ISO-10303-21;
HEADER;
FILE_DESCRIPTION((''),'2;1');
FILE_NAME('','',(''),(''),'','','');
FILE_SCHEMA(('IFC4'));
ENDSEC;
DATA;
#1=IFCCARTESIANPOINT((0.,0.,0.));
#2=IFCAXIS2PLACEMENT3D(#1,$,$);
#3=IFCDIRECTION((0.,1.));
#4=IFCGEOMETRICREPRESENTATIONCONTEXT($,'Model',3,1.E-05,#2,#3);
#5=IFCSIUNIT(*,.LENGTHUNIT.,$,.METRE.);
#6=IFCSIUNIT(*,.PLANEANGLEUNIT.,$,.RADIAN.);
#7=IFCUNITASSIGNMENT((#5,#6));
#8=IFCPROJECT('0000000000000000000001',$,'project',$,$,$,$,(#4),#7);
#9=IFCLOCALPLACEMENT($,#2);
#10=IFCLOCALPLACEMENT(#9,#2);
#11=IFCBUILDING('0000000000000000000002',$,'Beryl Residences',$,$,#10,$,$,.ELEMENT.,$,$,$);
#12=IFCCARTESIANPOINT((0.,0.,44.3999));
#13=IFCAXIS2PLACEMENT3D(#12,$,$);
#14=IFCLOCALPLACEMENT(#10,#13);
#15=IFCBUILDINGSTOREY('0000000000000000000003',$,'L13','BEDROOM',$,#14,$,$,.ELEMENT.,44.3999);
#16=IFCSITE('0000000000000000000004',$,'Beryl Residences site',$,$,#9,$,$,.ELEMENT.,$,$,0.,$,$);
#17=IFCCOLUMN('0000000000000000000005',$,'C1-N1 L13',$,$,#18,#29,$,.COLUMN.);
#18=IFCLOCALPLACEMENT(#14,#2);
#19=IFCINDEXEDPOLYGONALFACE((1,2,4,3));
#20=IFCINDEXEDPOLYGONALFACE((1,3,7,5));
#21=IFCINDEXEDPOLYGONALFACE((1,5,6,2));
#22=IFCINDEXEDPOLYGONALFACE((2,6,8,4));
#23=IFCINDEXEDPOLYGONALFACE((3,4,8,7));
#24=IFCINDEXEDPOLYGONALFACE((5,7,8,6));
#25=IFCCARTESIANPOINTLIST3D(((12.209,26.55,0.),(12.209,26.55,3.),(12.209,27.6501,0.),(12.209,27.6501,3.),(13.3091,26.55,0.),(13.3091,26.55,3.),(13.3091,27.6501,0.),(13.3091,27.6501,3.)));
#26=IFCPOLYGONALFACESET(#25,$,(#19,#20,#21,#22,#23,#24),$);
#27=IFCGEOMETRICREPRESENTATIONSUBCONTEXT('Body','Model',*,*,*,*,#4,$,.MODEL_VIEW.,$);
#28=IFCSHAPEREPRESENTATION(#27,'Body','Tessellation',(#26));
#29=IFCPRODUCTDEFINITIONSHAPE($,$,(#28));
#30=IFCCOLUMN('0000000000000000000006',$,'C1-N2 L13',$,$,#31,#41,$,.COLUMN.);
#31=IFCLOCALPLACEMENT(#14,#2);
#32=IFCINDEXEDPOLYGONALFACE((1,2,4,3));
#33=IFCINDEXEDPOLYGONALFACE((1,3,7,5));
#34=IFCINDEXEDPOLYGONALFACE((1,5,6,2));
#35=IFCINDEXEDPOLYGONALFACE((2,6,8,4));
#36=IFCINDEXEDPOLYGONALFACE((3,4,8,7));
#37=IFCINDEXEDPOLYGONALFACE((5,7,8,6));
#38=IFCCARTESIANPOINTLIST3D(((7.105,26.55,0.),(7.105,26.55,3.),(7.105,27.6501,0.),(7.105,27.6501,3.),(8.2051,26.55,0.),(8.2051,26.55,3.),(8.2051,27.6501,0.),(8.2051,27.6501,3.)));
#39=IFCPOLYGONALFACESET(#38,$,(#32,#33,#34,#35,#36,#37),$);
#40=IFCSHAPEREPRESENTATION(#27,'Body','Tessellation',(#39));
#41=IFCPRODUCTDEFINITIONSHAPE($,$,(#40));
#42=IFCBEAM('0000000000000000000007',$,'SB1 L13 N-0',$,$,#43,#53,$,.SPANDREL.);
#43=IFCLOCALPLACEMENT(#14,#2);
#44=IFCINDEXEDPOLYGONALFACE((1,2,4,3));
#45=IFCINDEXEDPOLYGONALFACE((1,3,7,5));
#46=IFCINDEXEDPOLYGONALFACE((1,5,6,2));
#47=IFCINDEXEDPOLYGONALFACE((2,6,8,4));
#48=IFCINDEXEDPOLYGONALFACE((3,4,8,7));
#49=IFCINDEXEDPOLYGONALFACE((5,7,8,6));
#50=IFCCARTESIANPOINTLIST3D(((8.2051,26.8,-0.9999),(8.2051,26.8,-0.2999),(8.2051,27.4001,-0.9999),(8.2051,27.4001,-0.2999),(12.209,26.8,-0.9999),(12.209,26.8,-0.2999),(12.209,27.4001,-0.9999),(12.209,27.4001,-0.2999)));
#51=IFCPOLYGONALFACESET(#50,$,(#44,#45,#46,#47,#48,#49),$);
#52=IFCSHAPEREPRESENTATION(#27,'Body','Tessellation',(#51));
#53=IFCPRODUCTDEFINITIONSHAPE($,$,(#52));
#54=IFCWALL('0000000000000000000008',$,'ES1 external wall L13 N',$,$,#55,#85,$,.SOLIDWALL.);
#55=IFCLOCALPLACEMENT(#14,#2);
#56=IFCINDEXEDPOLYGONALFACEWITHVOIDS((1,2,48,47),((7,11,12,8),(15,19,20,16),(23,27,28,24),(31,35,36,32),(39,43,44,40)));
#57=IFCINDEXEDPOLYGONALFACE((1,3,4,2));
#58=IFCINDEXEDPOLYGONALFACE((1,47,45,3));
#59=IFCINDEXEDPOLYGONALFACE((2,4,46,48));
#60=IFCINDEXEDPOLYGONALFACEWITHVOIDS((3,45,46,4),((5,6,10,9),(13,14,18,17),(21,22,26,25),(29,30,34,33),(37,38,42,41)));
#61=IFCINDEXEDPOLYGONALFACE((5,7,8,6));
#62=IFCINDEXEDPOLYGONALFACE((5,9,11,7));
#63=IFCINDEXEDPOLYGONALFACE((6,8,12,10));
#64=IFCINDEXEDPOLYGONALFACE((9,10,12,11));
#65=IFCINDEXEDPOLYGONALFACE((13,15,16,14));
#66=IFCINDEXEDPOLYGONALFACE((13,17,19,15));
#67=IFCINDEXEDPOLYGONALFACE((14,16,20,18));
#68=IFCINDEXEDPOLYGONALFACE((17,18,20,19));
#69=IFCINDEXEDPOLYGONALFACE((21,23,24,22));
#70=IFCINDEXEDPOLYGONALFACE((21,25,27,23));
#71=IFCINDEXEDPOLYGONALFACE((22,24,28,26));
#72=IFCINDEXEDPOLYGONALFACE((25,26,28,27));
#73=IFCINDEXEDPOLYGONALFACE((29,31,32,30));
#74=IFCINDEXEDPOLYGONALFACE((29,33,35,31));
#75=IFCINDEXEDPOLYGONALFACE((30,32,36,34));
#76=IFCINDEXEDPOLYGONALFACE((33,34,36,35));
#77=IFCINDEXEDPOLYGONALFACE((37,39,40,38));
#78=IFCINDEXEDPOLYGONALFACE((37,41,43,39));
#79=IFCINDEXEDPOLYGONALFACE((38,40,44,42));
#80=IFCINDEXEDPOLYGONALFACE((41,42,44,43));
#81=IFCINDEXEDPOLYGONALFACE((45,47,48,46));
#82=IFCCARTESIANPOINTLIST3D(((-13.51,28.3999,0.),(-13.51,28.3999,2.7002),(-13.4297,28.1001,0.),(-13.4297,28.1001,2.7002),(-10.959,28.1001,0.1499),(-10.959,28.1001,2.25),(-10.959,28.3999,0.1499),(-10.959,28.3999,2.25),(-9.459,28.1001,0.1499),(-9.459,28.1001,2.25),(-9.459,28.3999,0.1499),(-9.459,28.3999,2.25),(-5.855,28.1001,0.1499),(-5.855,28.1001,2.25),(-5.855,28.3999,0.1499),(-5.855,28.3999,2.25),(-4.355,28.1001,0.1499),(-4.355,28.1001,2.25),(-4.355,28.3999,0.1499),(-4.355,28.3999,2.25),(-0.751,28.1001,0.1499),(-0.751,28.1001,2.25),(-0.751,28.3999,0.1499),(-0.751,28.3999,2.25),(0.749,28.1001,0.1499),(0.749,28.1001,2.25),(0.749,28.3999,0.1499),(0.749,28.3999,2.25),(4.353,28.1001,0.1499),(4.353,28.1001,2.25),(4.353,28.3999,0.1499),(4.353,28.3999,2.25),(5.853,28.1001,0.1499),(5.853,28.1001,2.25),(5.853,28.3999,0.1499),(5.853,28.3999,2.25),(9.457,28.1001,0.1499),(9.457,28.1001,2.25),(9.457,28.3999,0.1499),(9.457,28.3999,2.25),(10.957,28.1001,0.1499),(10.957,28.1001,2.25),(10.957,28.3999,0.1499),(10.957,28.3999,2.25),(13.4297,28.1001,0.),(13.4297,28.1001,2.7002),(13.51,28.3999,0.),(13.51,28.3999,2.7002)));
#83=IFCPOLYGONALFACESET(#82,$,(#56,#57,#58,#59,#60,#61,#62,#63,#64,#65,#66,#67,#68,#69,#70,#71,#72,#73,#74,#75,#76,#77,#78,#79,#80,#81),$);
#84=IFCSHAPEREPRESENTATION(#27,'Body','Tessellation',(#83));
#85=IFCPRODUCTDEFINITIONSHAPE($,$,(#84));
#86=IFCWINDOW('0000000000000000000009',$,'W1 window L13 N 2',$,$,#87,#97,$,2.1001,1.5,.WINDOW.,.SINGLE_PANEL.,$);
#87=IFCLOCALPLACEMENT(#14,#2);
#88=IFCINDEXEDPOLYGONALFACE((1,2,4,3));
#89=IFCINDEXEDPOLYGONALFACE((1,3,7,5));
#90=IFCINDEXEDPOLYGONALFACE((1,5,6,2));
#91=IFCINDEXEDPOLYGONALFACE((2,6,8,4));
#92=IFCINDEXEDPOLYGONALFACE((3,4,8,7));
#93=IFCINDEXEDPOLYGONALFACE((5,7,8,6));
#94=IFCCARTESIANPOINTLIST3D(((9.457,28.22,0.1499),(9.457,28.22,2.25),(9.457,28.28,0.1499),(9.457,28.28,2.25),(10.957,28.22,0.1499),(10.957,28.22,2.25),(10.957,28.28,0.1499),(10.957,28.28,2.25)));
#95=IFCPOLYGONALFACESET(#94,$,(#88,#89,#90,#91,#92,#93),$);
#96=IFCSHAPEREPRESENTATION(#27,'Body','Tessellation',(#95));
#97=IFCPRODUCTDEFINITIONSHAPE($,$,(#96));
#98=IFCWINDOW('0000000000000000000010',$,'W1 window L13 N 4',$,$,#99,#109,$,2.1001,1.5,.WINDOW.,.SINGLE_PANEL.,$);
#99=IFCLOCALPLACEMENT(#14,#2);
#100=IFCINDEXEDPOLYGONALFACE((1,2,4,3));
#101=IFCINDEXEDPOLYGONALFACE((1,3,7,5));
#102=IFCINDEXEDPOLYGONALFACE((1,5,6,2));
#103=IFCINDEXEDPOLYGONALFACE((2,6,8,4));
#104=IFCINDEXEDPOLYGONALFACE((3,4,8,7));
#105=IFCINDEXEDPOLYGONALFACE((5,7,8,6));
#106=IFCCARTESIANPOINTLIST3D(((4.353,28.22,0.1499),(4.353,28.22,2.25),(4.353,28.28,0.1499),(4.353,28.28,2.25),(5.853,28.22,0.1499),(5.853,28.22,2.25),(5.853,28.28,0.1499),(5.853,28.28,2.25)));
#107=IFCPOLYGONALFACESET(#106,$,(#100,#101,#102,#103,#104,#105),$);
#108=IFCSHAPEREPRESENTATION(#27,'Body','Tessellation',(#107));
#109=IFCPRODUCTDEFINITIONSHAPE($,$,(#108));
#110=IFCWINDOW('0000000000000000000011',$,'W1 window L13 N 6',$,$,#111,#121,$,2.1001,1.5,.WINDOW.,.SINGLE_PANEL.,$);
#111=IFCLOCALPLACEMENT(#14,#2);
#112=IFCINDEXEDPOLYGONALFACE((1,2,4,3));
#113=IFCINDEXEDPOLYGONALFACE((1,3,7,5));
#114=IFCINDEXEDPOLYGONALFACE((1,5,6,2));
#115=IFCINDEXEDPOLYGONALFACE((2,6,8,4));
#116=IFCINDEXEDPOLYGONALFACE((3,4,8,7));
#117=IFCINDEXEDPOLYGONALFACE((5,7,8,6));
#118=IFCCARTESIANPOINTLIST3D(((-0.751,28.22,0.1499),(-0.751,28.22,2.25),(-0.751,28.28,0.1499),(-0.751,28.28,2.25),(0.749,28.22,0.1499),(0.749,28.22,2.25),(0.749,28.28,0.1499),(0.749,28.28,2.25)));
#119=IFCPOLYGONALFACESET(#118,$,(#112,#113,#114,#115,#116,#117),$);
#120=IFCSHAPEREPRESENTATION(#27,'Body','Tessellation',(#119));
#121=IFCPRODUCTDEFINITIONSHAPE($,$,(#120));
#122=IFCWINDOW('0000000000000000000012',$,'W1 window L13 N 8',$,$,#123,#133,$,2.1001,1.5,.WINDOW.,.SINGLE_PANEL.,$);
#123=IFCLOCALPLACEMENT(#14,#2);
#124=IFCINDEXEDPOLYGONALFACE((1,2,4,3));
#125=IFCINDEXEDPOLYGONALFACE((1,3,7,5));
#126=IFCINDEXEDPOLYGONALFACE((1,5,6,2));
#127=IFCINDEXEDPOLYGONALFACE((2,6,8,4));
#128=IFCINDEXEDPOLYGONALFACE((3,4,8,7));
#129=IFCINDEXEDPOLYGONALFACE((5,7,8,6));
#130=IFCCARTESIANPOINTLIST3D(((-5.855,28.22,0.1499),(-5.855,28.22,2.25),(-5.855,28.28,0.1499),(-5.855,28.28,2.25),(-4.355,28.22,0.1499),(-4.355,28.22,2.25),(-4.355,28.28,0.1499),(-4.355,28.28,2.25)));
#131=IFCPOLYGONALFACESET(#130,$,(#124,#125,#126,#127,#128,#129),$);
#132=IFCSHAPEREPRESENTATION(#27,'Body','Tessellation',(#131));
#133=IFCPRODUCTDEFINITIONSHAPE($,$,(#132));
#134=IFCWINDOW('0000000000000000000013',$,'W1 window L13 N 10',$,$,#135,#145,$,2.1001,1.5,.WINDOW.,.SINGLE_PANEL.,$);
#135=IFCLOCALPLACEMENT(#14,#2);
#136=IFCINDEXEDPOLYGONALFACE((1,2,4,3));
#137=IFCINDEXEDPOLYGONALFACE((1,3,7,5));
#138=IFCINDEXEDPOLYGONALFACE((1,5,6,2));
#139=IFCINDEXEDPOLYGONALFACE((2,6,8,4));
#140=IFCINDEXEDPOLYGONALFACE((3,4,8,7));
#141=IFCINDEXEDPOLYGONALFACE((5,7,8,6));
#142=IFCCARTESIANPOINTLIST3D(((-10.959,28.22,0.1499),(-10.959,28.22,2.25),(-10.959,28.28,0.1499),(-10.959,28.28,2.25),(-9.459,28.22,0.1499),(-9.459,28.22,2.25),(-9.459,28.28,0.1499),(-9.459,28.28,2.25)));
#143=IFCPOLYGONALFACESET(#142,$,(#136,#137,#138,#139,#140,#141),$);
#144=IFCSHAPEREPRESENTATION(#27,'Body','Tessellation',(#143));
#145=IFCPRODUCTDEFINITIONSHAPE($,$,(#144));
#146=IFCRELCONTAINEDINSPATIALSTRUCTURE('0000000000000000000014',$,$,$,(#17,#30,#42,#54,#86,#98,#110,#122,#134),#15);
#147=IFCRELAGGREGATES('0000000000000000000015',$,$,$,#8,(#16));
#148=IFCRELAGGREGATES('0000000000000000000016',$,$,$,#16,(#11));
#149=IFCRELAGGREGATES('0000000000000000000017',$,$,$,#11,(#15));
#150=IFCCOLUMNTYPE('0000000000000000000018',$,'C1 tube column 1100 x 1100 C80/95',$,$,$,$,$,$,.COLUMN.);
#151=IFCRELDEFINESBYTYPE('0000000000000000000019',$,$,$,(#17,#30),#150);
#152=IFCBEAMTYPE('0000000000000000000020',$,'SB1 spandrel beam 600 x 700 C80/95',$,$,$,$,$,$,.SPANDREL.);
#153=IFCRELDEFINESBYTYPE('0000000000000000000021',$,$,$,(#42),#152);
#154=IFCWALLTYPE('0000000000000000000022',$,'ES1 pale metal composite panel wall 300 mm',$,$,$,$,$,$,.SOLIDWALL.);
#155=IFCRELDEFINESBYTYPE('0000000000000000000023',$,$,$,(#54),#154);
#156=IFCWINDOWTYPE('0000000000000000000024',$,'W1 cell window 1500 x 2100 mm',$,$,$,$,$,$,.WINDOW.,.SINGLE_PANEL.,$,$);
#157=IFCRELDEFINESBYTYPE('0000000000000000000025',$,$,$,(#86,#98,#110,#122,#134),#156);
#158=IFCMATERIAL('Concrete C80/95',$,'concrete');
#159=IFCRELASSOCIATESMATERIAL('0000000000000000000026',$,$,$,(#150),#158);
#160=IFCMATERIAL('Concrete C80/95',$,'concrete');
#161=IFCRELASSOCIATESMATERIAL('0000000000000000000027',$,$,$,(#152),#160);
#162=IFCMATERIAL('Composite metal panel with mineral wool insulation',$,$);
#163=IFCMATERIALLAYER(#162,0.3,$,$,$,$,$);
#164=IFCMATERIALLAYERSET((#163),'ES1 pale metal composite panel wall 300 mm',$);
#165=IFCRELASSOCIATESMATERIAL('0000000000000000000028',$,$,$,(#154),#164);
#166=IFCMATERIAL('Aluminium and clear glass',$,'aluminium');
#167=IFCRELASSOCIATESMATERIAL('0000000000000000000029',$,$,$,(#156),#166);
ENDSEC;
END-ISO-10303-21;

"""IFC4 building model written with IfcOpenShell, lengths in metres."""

from ifc_helpers import new_model, si_unit, direction, frame, frame_2d, origin, origin_2d, place, context, subcontext, project, spatial, polyline, rectangle, outline, extrude, material, layer, layer_set, material_profile, profile_set, type_object, element, fill, save


model = new_model("IFC4")

# Units and contexts
model_context = context("Model", 3, precision=1e-05, world=origin(), true_north=direction((0.0, 1.0)))
body_context = subcontext(model_context, "Body", "Model", "MODEL_VIEW")
ifc_project = project(units=[si_unit("LENGTHUNIT", "METRE"), si_unit("PLANEANGLEUNIT", "RADIAN")], contexts=[model_context])

# Site, building, storey
site_placement = place(None, origin())
site = spatial("IfcSite", under=ifc_project, at=site_placement, Name="Beryl Residences site", CompositionType="ELEMENT", RefElevation=0.0)
building_placement = place(site_placement, origin())
building = spatial("IfcBuilding", under=site, at=building_placement, Name="Beryl Residences", CompositionType="ELEMENT")
storey_placement = place(building_placement, frame((0.0, 0.0, 44.3999)))
storey = spatial("IfcBuildingStorey", under=building, at=storey_placement, Name="L13", Description="BEDROOM", CompositionType="ELEMENT", Elevation=44.3999)

# Columns
ifc_material_1 = material(Name="Concrete C80/95", Category="concrete")
ifc_material_profile_1 = material_profile(ifc_material_1, rectangle(XDim=1.1001, YDim=1.1001, at=origin_2d()))
ifc_profile_set_1 = profile_set([ifc_material_profile_1], Name="Concrete C80/95")
column_type = type_object("IfcColumnType", Name="C1 tube column 1100 x 1100 C80/95", PredefinedType="COLUMN", material=ifc_profile_set_1)
for number, where, z_axis, x_axis, name in (
    (1, (12.759, 27.1001, 0.0), (0.0, 0.0, 1.0), (-1.0, 0.0, 0.0), "C1-N1 L13"),
    (2, (7.655, 27.1001, 0.0), (0.0, 0.0, 1.0), (-1.0, 0.0, 0.0), "C1-N2 L13"),
):
    element("IfcColumn", number, at=place(storey_placement, frame(where, z_axis=z_axis, x_axis=x_axis)), inside=storey, type_object=column_type, Name=name, PredefinedType="COLUMN", context=body_context, shape_type="SweptSolid", body=[
        extrude(rectangle(XDim=1.1001, YDim=1.1001, at=origin_2d()), origin(), (0.0, 0.0, 1.0), 3.0),
    ])

# Beam
ifc_material_2 = material(Name="Concrete C80/95", Category="concrete")
ifc_material_profile_2 = material_profile(ifc_material_2, rectangle(XDim=0.6001, YDim=0.7, at=origin_2d()))
ifc_profile_set_2 = profile_set([ifc_material_profile_2], Name="Concrete C80/95")
beam_type = type_object("IfcBeamType", Name="SB1 spandrel beam 600 x 700 C80/95", PredefinedType="SPANDREL", material=ifc_profile_set_2)
beam_placement = place(storey_placement, frame((12.209, 27.1001, -0.6499), z_axis=(-1.0, 0.0, 0.0), x_axis=(0.0, -1.0, 0.0)))
element("IfcBeam", 3, at=beam_placement, inside=storey, type_object=beam_type, Name="SB1 L13 N-0", PredefinedType="SPANDREL", context=body_context, shape_type="SweptSolid", body=[
    extrude(rectangle(XDim=0.6001, YDim=0.7, at=origin_2d()), origin(), (0.0, 0.0, 1.0), 4.0039),
])

# Wall, openings, windows
ifc_material_3 = material(Name="Composite metal panel with mineral wool insulation")
ifc_layer_1 = layer(ifc_material_3, 0.3)
ifc_layer_set_1 = layer_set([ifc_layer_1], Name="ES1 pale metal composite panel wall 300 mm")
wall_type_1 = type_object("IfcWallType", Name="ES1 pale metal composite panel wall 300 mm", PredefinedType="SOLIDWALL", material=ifc_layer_set_1)
wall_1_placement = place(storey_placement, frame((13.51, 28.25, 0.0), z_axis=(0.0, 0.0, 1.0), x_axis=(-1.0, 0.0, 0.0)))
wall_1 = element("IfcWall", 4, at=wall_1_placement, inside=storey, type_object=wall_type_1, Name="ES1 external wall L13 N", PredefinedType="SOLIDWALL", context=body_context, shape_type="SweptSolid", body=[
    extrude(outline(polyline([(0.0, -0.1499), (27.02, -0.1499), (26.9397, 0.1499), (0.0803, 0.1499), (0.0, -0.1499)])), origin(), (0.0, 0.0, 1.0), 2.7002),
])
opening_1_placement = place(wall_1_placement, frame((2.553, 0.0, 0.1499)))
opening_1 = element("IfcOpeningElement", 5, at=opening_1_placement, cuts=wall_1, PredefinedType="OPENING", context=body_context, shape_type="SweptSolid", body=[
    extrude(rectangle(XDim=1.5, YDim=2.1001, at=frame_2d((0.75, 1.05))), frame((0.0, 0.1599, 0.0), z_axis=(0.0, -1.0, 0.0), x_axis=(1.0, 0.0, 0.0)), (0.0, 0.0, 1.0), 0.3201),
])
opening_2_placement = place(wall_1_placement, frame((7.657, 0.0, 0.1499)))
opening_2 = element("IfcOpeningElement", 6, at=opening_2_placement, cuts=wall_1, PredefinedType="OPENING", context=body_context, shape_type="SweptSolid", body=[
    extrude(rectangle(XDim=1.5, YDim=2.1001, at=frame_2d((0.75, 1.05))), frame((0.0, 0.1599, 0.0), z_axis=(0.0, -1.0, 0.0), x_axis=(1.0, 0.0, 0.0)), (0.0, 0.0, 1.0), 0.3201),
])
opening_3_placement = place(wall_1_placement, frame((12.761, 0.0, 0.1499)))
opening_3 = element("IfcOpeningElement", 7, at=opening_3_placement, cuts=wall_1, PredefinedType="OPENING", context=body_context, shape_type="SweptSolid", body=[
    extrude(rectangle(XDim=1.5, YDim=2.1001, at=frame_2d((0.75, 1.05))), frame((0.0, 0.1599, 0.0), z_axis=(0.0, -1.0, 0.0), x_axis=(1.0, 0.0, 0.0)), (0.0, 0.0, 1.0), 0.3201),
])
opening_4_placement = place(wall_1_placement, frame((17.865, 0.0, 0.1499)))
opening_4 = element("IfcOpeningElement", 8, at=opening_4_placement, cuts=wall_1, PredefinedType="OPENING", context=body_context, shape_type="SweptSolid", body=[
    extrude(rectangle(XDim=1.5, YDim=2.1001, at=frame_2d((0.75, 1.05))), frame((0.0, 0.1599, 0.0), z_axis=(0.0, -1.0, 0.0), x_axis=(1.0, 0.0, 0.0)), (0.0, 0.0, 1.0), 0.3201),
])
opening_5_placement = place(wall_1_placement, frame((22.969, 0.0, 0.1499)))
opening_5 = element("IfcOpeningElement", 9, at=opening_5_placement, cuts=wall_1, PredefinedType="OPENING", context=body_context, shape_type="SweptSolid", body=[
    extrude(rectangle(XDim=1.5, YDim=2.1001, at=frame_2d((0.75, 1.05))), frame((0.0, 0.1599, 0.0), z_axis=(0.0, -1.0, 0.0), x_axis=(1.0, 0.0, 0.0)), (0.0, 0.0, 1.0), 0.3201),
])
ifc_material_4 = material(Name="Aluminium and clear glass", Category="aluminium")
window_type = type_object("IfcWindowType", Name="W1 cell window 1500 x 2100 mm", PartitioningType="SINGLE_PANEL", PredefinedType="WINDOW", material=ifc_material_4)
window_1_placement = place(opening_1_placement, origin())
window_1 = element("IfcWindow", 10, at=window_1_placement, inside=storey, type_object=window_type, Name="W1 window L13 N 2", OverallHeight=2.1001, OverallWidth=1.5, PartitioningType="SINGLE_PANEL", PredefinedType="WINDOW", context=body_context, shape_type="SweptSolid", body=[
    extrude(rectangle(XDim=1.5, YDim=2.1001, at=frame_2d((0.75, 1.05))), frame((0.0, 0.03, 0.0), z_axis=(0.0, -1.0, 0.0), x_axis=(1.0, 0.0, 0.0)), (0.0, 0.0, 1.0), 0.0601),
])
fill(opening_1, window_1)
window_2_placement = place(opening_2_placement, origin())
window_2 = element("IfcWindow", 11, at=window_2_placement, inside=storey, type_object=window_type, Name="W1 window L13 N 4", OverallHeight=2.1001, OverallWidth=1.5, PartitioningType="SINGLE_PANEL", PredefinedType="WINDOW", context=body_context, shape_type="SweptSolid", body=[
    extrude(rectangle(XDim=1.5, YDim=2.1001, at=frame_2d((0.75, 1.05))), frame((0.0, 0.03, 0.0), z_axis=(0.0, -1.0, 0.0), x_axis=(1.0, 0.0, 0.0)), (0.0, 0.0, 1.0), 0.0601),
])
fill(opening_2, window_2)
window_3_placement = place(opening_3_placement, origin())
window_3 = element("IfcWindow", 12, at=window_3_placement, inside=storey, type_object=window_type, Name="W1 window L13 N 6", OverallHeight=2.1001, OverallWidth=1.5, PartitioningType="SINGLE_PANEL", PredefinedType="WINDOW", context=body_context, shape_type="SweptSolid", body=[
    extrude(rectangle(XDim=1.5, YDim=2.1001, at=frame_2d((0.75, 1.05))), frame((0.0, 0.03, 0.0), z_axis=(0.0, -1.0, 0.0), x_axis=(1.0, 0.0, 0.0)), (0.0, 0.0, 1.0), 0.0601),
])
fill(opening_3, window_3)
window_4_placement = place(opening_4_placement, origin())
window_4 = element("IfcWindow", 13, at=window_4_placement, inside=storey, type_object=window_type, Name="W1 window L13 N 8", OverallHeight=2.1001, OverallWidth=1.5, PartitioningType="SINGLE_PANEL", PredefinedType="WINDOW", context=body_context, shape_type="SweptSolid", body=[
    extrude(rectangle(XDim=1.5, YDim=2.1001, at=frame_2d((0.75, 1.05))), frame((0.0, 0.03, 0.0), z_axis=(0.0, -1.0, 0.0), x_axis=(1.0, 0.0, 0.0)), (0.0, 0.0, 1.0), 0.0601),
])
fill(opening_4, window_4)
window_5_placement = place(opening_5_placement, origin())
window_5 = element("IfcWindow", 14, at=window_5_placement, inside=storey, type_object=window_type, Name="W1 window L13 N 10", OverallHeight=2.1001, OverallWidth=1.5, PartitioningType="SINGLE_PANEL", PredefinedType="WINDOW", context=body_context, shape_type="SweptSolid", body=[
    extrude(rectangle(XDim=1.5, YDim=2.1001, at=frame_2d((0.75, 1.05))), frame((0.0, 0.03, 0.0), z_axis=(0.0, -1.0, 0.0), x_axis=(1.0, 0.0, 0.0)), (0.0, 0.0, 1.0), 0.0601),
])
fill(opening_5, window_5)

save(model, "model.ifc")
